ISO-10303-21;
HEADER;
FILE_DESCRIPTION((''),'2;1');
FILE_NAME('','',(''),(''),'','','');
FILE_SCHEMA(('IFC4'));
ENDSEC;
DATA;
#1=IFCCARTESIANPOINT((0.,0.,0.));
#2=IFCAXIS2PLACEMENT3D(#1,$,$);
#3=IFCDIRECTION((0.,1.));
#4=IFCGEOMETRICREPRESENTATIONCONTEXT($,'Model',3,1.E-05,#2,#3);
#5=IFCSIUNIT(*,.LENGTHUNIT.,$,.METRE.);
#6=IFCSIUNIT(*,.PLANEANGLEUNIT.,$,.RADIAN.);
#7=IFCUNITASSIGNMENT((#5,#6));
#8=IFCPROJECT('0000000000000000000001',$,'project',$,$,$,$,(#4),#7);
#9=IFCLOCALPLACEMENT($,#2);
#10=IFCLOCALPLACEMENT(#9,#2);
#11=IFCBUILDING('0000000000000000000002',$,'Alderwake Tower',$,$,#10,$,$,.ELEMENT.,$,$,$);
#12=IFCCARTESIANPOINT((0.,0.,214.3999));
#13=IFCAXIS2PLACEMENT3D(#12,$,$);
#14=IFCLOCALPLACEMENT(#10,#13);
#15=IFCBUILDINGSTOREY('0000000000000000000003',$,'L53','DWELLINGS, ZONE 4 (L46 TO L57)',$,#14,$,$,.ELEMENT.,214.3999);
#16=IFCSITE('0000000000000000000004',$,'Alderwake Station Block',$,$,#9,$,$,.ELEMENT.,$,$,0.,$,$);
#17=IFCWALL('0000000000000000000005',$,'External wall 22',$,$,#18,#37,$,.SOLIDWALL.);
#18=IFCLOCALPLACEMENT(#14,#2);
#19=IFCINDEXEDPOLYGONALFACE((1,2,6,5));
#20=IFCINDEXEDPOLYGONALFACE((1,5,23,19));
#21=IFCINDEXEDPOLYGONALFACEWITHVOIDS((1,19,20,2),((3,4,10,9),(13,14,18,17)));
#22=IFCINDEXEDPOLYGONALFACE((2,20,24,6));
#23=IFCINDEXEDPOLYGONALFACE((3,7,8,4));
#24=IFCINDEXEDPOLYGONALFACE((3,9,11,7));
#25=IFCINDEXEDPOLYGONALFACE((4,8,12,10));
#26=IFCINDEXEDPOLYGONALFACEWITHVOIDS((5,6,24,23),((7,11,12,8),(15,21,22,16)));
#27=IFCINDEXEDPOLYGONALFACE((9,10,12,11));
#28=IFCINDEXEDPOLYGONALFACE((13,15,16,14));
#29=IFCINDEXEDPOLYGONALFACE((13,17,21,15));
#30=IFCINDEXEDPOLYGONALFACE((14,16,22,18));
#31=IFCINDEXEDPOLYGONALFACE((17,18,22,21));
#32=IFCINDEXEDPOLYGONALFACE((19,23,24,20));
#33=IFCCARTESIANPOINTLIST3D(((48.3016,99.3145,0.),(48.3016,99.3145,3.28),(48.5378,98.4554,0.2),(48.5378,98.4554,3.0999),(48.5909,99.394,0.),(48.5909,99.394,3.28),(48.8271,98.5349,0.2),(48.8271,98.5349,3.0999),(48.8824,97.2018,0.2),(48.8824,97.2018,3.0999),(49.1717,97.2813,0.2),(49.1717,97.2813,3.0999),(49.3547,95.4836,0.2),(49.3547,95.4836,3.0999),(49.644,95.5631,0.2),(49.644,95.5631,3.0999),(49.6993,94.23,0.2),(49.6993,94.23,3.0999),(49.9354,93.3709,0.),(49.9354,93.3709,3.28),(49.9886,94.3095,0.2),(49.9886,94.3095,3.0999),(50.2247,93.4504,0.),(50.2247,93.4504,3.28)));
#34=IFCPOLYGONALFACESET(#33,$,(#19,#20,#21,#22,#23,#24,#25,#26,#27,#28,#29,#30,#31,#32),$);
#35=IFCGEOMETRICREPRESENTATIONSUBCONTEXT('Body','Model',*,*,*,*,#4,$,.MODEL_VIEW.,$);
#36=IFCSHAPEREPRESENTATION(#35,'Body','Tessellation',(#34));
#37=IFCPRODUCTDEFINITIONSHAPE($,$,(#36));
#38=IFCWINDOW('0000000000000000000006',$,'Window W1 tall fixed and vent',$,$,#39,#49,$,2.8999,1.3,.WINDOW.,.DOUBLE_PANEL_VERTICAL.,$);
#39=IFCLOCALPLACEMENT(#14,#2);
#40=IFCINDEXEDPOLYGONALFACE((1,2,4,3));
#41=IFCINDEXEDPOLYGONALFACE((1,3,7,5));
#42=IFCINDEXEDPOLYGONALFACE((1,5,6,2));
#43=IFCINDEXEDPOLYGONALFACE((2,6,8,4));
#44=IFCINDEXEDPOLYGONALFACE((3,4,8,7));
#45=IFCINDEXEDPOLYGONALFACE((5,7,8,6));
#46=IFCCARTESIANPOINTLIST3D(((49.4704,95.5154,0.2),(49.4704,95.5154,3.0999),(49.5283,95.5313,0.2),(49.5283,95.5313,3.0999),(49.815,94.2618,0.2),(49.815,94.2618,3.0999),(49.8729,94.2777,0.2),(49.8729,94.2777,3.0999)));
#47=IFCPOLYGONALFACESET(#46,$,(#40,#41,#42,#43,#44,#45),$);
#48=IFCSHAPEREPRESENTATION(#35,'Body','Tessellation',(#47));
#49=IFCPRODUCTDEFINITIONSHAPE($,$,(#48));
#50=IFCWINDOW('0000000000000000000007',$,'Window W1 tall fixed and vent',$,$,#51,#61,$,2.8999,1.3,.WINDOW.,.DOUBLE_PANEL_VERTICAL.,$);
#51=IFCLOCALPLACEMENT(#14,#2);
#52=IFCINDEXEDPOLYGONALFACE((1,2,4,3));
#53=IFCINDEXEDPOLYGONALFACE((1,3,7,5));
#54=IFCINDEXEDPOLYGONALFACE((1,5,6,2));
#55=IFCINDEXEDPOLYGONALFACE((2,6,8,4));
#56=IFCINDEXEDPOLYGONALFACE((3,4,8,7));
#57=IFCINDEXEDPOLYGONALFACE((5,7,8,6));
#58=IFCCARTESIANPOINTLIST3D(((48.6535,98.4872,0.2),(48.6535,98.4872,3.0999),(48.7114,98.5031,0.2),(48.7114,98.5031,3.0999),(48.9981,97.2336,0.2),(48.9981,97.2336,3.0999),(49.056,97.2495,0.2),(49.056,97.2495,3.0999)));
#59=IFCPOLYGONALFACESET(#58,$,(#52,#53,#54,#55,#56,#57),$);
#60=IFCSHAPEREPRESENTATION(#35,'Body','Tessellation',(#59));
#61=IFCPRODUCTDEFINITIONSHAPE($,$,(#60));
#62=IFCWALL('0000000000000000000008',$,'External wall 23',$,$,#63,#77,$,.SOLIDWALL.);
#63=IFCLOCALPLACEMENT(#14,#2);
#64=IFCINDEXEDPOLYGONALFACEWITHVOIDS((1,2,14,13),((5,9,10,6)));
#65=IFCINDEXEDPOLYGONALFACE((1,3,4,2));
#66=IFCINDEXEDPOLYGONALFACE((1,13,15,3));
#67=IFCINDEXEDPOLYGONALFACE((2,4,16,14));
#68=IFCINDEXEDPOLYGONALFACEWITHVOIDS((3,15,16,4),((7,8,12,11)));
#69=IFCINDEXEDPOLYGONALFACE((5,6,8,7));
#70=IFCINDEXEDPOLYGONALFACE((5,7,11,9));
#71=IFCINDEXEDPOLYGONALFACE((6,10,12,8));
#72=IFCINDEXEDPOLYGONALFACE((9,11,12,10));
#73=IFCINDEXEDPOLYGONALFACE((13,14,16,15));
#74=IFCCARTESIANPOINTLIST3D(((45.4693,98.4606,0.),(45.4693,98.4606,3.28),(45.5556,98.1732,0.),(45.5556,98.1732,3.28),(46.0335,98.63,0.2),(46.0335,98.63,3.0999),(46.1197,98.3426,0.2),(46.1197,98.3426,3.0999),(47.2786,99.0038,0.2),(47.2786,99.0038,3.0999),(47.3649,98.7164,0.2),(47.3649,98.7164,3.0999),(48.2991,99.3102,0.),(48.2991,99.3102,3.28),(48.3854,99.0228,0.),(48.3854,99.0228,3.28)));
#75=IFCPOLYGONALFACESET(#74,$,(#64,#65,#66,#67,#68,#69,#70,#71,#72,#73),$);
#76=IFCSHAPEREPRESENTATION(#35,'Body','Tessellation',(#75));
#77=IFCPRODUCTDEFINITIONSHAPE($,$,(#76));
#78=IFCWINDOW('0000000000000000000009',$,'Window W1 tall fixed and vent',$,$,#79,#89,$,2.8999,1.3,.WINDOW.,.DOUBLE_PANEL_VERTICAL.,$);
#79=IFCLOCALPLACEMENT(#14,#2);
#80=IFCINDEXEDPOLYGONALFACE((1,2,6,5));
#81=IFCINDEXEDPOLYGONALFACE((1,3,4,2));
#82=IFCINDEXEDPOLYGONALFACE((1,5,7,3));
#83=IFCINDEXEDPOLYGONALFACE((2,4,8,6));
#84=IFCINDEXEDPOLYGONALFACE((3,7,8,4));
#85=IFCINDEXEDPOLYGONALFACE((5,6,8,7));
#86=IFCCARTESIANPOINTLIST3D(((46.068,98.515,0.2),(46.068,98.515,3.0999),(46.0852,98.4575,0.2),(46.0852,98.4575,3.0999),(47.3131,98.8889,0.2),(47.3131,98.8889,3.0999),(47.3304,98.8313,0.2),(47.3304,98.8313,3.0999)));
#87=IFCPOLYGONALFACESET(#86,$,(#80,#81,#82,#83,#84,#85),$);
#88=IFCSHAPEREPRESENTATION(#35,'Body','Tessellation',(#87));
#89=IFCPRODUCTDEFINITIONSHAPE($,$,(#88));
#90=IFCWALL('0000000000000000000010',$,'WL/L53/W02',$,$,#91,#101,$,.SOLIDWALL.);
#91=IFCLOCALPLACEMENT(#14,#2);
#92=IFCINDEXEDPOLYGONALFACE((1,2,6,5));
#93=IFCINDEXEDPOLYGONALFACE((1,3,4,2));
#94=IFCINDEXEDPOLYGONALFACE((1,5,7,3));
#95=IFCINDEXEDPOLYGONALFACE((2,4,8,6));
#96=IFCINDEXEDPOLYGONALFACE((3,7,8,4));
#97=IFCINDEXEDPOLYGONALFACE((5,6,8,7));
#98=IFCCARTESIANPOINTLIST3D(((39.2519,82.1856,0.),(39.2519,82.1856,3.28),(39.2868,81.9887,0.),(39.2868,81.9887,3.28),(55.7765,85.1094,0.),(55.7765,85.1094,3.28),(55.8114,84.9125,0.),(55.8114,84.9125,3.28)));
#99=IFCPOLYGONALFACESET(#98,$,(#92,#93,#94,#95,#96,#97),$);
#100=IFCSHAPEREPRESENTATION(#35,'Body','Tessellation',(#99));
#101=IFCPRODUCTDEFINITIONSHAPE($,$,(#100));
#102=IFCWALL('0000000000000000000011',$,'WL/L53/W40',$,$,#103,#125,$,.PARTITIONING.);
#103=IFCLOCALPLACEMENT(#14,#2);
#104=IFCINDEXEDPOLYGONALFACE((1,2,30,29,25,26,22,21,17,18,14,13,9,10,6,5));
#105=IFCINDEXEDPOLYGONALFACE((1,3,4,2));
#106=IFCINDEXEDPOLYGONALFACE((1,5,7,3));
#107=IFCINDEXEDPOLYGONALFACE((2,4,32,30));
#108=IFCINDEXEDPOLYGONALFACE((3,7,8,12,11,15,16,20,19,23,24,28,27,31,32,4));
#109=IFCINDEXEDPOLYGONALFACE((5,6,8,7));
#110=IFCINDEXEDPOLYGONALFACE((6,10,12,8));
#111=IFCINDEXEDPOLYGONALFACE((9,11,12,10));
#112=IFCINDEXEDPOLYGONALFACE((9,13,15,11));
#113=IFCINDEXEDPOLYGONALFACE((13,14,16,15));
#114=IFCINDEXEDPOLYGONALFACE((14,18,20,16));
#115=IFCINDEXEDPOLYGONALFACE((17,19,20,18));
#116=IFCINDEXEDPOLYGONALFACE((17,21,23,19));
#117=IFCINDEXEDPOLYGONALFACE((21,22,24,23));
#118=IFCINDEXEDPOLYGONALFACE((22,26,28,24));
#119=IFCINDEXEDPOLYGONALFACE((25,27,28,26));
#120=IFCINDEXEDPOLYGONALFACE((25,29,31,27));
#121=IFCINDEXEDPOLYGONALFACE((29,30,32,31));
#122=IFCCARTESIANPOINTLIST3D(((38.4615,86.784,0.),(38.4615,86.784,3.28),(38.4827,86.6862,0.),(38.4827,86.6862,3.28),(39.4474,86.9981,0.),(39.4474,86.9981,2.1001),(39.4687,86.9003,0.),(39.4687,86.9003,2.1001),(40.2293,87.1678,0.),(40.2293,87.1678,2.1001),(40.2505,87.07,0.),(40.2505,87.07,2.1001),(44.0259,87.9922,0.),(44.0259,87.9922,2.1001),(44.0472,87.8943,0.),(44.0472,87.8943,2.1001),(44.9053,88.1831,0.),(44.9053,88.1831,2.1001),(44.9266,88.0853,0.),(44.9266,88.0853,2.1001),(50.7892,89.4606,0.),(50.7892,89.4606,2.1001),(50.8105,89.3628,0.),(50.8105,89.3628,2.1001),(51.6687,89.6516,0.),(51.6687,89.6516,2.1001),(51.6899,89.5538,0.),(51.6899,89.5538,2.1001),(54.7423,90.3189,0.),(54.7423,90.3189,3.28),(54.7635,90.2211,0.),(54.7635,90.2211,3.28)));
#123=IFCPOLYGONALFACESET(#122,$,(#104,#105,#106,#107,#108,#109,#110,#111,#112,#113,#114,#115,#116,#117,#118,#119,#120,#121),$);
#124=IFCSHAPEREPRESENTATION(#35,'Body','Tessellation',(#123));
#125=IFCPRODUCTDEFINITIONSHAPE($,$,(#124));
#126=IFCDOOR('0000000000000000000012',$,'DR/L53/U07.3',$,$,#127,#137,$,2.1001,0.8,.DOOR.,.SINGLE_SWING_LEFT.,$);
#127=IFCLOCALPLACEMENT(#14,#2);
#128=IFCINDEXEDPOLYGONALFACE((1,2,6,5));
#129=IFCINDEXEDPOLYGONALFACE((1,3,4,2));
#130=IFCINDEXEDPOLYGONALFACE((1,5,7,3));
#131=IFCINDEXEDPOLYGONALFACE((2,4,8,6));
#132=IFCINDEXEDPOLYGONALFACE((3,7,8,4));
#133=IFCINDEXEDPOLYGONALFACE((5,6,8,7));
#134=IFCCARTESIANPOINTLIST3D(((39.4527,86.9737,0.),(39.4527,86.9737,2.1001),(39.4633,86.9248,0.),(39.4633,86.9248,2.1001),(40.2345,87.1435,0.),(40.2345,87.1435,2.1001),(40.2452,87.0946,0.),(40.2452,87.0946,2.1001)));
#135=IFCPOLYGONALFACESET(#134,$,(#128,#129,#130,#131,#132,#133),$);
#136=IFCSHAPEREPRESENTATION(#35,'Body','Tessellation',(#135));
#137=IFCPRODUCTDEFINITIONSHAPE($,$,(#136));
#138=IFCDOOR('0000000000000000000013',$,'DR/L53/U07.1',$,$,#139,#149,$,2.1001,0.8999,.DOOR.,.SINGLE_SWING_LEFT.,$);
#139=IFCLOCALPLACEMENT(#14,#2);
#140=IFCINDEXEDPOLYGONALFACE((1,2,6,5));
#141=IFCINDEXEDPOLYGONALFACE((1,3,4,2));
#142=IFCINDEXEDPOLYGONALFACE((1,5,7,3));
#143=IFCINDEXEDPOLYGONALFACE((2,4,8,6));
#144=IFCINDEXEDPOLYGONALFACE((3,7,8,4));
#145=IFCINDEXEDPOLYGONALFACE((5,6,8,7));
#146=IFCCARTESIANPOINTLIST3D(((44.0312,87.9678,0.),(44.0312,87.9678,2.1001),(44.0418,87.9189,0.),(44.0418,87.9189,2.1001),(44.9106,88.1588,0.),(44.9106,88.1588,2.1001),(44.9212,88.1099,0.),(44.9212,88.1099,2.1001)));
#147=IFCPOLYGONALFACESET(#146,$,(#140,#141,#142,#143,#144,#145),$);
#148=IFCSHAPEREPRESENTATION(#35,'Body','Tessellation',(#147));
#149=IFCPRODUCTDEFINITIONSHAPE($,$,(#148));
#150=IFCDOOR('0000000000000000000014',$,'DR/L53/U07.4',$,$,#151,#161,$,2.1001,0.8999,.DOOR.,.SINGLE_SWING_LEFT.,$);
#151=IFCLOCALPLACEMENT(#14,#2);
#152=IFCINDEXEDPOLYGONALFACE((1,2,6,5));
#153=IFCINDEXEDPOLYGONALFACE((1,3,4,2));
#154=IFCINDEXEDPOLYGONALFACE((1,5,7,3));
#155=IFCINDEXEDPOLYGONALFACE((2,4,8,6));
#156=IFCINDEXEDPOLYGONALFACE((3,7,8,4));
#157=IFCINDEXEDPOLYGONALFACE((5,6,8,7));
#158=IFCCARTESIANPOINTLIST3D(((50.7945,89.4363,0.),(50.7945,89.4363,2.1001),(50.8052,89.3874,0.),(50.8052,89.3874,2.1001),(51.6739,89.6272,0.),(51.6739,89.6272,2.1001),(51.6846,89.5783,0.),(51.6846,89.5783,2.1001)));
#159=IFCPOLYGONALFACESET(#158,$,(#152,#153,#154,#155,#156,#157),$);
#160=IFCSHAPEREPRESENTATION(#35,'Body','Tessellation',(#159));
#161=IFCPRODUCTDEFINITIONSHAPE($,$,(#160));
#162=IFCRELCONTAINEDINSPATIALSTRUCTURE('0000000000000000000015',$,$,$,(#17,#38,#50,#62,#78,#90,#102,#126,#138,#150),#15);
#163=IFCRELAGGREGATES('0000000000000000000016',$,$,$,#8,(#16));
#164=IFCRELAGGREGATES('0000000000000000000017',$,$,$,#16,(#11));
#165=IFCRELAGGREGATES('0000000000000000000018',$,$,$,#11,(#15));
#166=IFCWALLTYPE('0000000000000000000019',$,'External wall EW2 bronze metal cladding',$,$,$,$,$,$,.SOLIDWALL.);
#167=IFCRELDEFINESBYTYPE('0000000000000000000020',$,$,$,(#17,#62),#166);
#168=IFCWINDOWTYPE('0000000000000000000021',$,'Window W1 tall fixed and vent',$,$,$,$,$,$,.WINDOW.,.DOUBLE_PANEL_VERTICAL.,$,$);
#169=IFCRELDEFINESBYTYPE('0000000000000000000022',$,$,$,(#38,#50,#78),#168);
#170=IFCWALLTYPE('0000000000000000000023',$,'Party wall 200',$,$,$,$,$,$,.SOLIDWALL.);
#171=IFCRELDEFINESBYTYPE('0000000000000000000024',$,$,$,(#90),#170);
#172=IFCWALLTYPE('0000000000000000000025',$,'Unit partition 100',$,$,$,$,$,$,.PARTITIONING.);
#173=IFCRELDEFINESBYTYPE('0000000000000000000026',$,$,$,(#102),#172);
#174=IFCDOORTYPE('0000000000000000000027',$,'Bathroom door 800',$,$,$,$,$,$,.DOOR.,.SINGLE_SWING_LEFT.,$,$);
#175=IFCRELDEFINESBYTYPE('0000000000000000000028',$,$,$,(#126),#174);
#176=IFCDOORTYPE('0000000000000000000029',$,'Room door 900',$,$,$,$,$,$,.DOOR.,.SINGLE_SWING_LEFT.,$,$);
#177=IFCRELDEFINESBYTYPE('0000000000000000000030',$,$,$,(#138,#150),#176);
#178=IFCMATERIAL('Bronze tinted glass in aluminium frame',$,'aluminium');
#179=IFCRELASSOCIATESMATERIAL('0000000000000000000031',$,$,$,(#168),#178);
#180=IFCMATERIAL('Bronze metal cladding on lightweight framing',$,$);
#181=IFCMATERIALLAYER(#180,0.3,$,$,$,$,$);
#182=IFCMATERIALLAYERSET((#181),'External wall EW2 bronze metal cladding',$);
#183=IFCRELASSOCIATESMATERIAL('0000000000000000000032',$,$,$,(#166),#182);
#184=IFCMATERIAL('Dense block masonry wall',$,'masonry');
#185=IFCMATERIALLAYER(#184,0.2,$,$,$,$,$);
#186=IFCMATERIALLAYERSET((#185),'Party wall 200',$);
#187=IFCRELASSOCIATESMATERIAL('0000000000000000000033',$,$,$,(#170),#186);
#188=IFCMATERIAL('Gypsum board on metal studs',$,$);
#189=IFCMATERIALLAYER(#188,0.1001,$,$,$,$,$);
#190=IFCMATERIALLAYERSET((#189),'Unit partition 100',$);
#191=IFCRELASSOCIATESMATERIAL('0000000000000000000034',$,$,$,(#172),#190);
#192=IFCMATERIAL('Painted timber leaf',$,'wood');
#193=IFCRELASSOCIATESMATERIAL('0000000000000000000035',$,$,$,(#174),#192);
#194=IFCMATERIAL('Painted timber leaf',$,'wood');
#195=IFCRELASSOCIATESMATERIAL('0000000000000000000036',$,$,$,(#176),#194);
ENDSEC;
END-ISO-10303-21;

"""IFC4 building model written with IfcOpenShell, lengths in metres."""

from ifc_helpers import new_model, si_unit, direction, frame, frame_2d, origin, place, context, subcontext, project, spatial, rectangle, extrude, material, layer, layer_set, type_object, element, fill, save


model = new_model("IFC4")

# Units and contexts
model_context = context("Model", 3, precision=1e-05, world=origin(), true_north=direction((0.0, 1.0)))
body_context = subcontext(model_context, "Body", "Model", "MODEL_VIEW")
ifc_project = project(units=[si_unit("LENGTHUNIT", "METRE"), si_unit("PLANEANGLEUNIT", "RADIAN")], contexts=[model_context])

# Site, building, storey
site_placement = place(None, origin())
site = spatial("IfcSite", under=ifc_project, at=site_placement, Name="Alderwake Station Block", CompositionType="ELEMENT", RefElevation=0.0)
building_placement = place(site_placement, origin())
building = spatial("IfcBuilding", under=site, at=building_placement, Name="Alderwake Tower", CompositionType="ELEMENT")
storey_placement = place(building_placement, frame((0.0, 0.0, 214.3999)))
storey = spatial("IfcBuildingStorey", under=building, at=storey_placement, Name="L53", Description="DWELLINGS, ZONE 4 (L46 TO L57)", CompositionType="ELEMENT", Elevation=214.3999)

# Shared definitions
ifc_material_1 = material(Name="Bronze tinted glass in aluminium frame", Category="aluminium")
window_type = type_object("IfcWindowType", Name="Window W1 tall fixed and vent", PartitioningType="DOUBLE_PANEL_VERTICAL", PredefinedType="WINDOW", material=ifc_material_1)

# Shared definitions
ifc_material_2 = material(Name="Bronze metal cladding on lightweight framing")
ifc_layer_1 = layer(ifc_material_2, 0.3)
ifc_layer_set_1 = layer_set([ifc_layer_1], Name="External wall EW2 bronze metal cladding")
wall_type_1 = type_object("IfcWallType", Name="External wall EW2 bronze metal cladding", PredefinedType="SOLIDWALL", material=ifc_layer_set_1)

# Wall, openings, windows
wall_1_placement = place(storey_placement, frame((50.0801, 93.4106, 0.0), z_axis=(0.0, 0.0, 1.0), x_axis=(-0.265051, 0.964234, 0.0)))
wall_1 = element("IfcWall", 1, at=wall_1_placement, inside=storey, type_object=wall_type_1, Name="External wall 22", PredefinedType="SOLIDWALL", context=body_context, shape_type="SweptSolid", body=[
    extrude(rectangle(XDim=6.1641, YDim=0.3, at=frame_2d((3.082, 0.0))), origin(), (0.0, 0.0, 1.0), 3.28),
])
opening_1_placement = place(wall_1_placement, frame((0.8911, 0.0, 0.2)))
opening_1 = element("IfcOpeningElement", 2, at=opening_1_placement, cuts=wall_1, PredefinedType="OPENING", context=body_context, shape_type="SweptSolid", body=[
    extrude(rectangle(XDim=1.3, YDim=2.8999, at=frame_2d((0.6499, 1.45))), frame((0.0, 0.1599, 0.0), z_axis=(0.0, -1.0, 0.0), x_axis=(1.0, 0.0, 0.0)), (0.0, 0.0, 1.0), 0.3201),
])
opening_2_placement = place(wall_1_placement, frame((3.9731, 0.0, 0.2)))
opening_2 = element("IfcOpeningElement", 3, at=opening_2_placement, cuts=wall_1, PredefinedType="OPENING", context=body_context, shape_type="SweptSolid", body=[
    extrude(rectangle(XDim=1.3, YDim=2.8999, at=frame_2d((0.6499, 1.45))), frame((0.0, 0.1599, 0.0), z_axis=(0.0, -1.0, 0.0), x_axis=(1.0, 0.0, 0.0)), (0.0, 0.0, 1.0), 0.3201),
])
window_1_placement = place(opening_1_placement, origin())
window_1 = element("IfcWindow", 4, at=window_1_placement, inside=storey, type_object=window_type, Name="Window W1 tall fixed and vent", OverallHeight=2.8999, OverallWidth=1.3, PartitioningType="DOUBLE_PANEL_VERTICAL", PredefinedType="WINDOW", context=body_context, shape_type="SweptSolid", body=[
    extrude(rectangle(XDim=1.3, YDim=2.8999, at=frame_2d((0.6499, 1.45))), frame((0.0, 0.03, 0.0), z_axis=(0.0, -1.0, 0.0), x_axis=(1.0, 0.0, 0.0)), (0.0, 0.0, 1.0), 0.0601),
])
fill(opening_1, window_1)
window_2_placement = place(opening_2_placement, origin())
window_2 = element("IfcWindow", 5, at=window_2_placement, inside=storey, type_object=window_type, Name="Window W1 tall fixed and vent", OverallHeight=2.8999, OverallWidth=1.3, PartitioningType="DOUBLE_PANEL_VERTICAL", PredefinedType="WINDOW", context=body_context, shape_type="SweptSolid", body=[
    extrude(rectangle(XDim=1.3, YDim=2.8999, at=frame_2d((0.6499, 1.45))), frame((0.0, 0.03, 0.0), z_axis=(0.0, -1.0, 0.0), x_axis=(1.0, 0.0, 0.0)), (0.0, 0.0, 1.0), 0.0601),
])
fill(opening_2, window_2)

# Wall, opening, window
wall_2_placement = place(storey_placement, frame((48.3423, 99.1665, 0.0), z_axis=(0.0, 0.0, 1.0), x_axis=(-0.957765, -0.287553, 0.0)))
wall_2 = element("IfcWall", 6, at=wall_2_placement, inside=storey, type_object=wall_type_1, Name="External wall 23", PredefinedType="SOLIDWALL", context=body_context, shape_type="SweptSolid", body=[
    extrude(rectangle(XDim=2.9546, YDim=0.3, at=frame_2d((1.4773, 0.0))), origin(), (0.0, 0.0, 1.0), 3.28),
])
opening_3_placement = place(wall_2_placement, frame((1.0657, 0.0, 0.2)))
opening_3 = element("IfcOpeningElement", 7, at=opening_3_placement, cuts=wall_2, PredefinedType="OPENING", context=body_context, shape_type="SweptSolid", body=[
    extrude(rectangle(XDim=1.3, YDim=2.8999, at=frame_2d((0.6499, 1.45))), frame((0.0, 0.1599, 0.0), z_axis=(0.0, -1.0, 0.0), x_axis=(1.0, 0.0, 0.0)), (0.0, 0.0, 1.0), 0.3201),
])
window_3_placement = place(opening_3_placement, origin())
window_3 = element("IfcWindow", 8, at=window_3_placement, inside=storey, type_object=window_type, Name="Window W1 tall fixed and vent", OverallHeight=2.8999, OverallWidth=1.3, PartitioningType="DOUBLE_PANEL_VERTICAL", PredefinedType="WINDOW", context=body_context, shape_type="SweptSolid", body=[
    extrude(rectangle(XDim=1.3, YDim=2.8999, at=frame_2d((0.6499, 1.45))), frame((0.0, 0.03, 0.0), z_axis=(0.0, -1.0, 0.0), x_axis=(1.0, 0.0, 0.0)), (0.0, 0.0, 1.0), 0.0601),
])
fill(opening_3, window_3)

# Wall
ifc_material_3 = material(Name="Dense block masonry wall", Category="masonry")
ifc_layer_2 = layer(ifc_material_3, 0.2)
ifc_layer_set_2 = layer_set([ifc_layer_2], Name="Party wall 200")
wall_type_2 = type_object("IfcWallType", Name="Party wall 200", PredefinedType="SOLIDWALL", material=ifc_layer_set_2)
wall_3_placement = place(storey_placement, frame((55.7939, 85.011, 0.0), z_axis=(0.0, 0.0, 1.0), x_axis=(-0.984705, -0.174231, 0.0)))
element("IfcWall", 9, at=wall_3_placement, inside=storey, type_object=wall_type_2, Name="WL/L53/W02", PredefinedType="SOLIDWALL", context=body_context, shape_type="SweptSolid", body=[
    extrude(rectangle(XDim=16.7812, YDim=0.2, at=frame_2d((8.3906, 0.0))), origin(), (0.0, 0.0, 1.0), 3.28),
])

# Wall, openings, doors
ifc_material_4 = material(Name="Gypsum board on metal studs")
ifc_layer_3 = layer(ifc_material_4, 0.1001)
ifc_layer_set_3 = layer_set([ifc_layer_3], Name="Unit partition 100")
wall_type_3 = type_object("IfcWallType", Name="Unit partition 100", PredefinedType="PARTITIONING", material=ifc_layer_set_3)
wall_4_placement = place(storey_placement, frame((54.7529, 90.27, 0.0), z_axis=(0.0, 0.0, 1.0), x_axis=(-0.977231, -0.212178, 0.0)))
wall_4 = element("IfcWall", 10, at=wall_4_placement, inside=storey, type_object=wall_type_3, Name="WL/L53/W40", PredefinedType="PARTITIONING", context=body_context, shape_type="SweptSolid", body=[
    extrude(rectangle(XDim=16.6602, YDim=0.1001, at=frame_2d((8.3301, 0.0))), origin(), (0.0, 0.0, 1.0), 3.28),
])
opening_4_placement = place(wall_4_placement, frame((10.0662, 0.0, 0.0)))
opening_4 = element("IfcOpeningElement", 11, at=opening_4_placement, cuts=wall_4, PredefinedType="OPENING", context=body_context, shape_type="SweptSolid", body=[
    extrude(rectangle(XDim=0.8999, YDim=2.1001, at=frame_2d((0.45, 1.05))), frame((0.0, 0.0601, 0.0), z_axis=(0.0, -1.0, 0.0), x_axis=(1.0, 0.0, 0.0)), (0.0, 0.0, 1.0), 0.1201),
])
opening_5_placement = place(wall_4_placement, frame((14.8513, 0.0, 0.0)))
opening_5 = element("IfcOpeningElement", 12, at=opening_5_placement, cuts=wall_4, PredefinedType="OPENING", context=body_context, shape_type="SweptSolid", body=[
    extrude(rectangle(XDim=0.8, YDim=2.1001, at=frame_2d((0.3999, 1.05))), frame((0.0, 0.0601, 0.0), z_axis=(0.0, -1.0, 0.0), x_axis=(1.0, 0.0, 0.0)), (0.0, 0.0, 1.0), 0.1201),
])
opening_6_placement = place(wall_4_placement, frame((3.1453, 0.0, 0.0)))
opening_6 = element("IfcOpeningElement", 13, at=opening_6_placement, cuts=wall_4, PredefinedType="OPENING", context=body_context, shape_type="SweptSolid", body=[
    extrude(rectangle(XDim=0.8999, YDim=2.1001, at=frame_2d((0.45, 1.05))), frame((0.0, 0.0601, 0.0), z_axis=(0.0, -1.0, 0.0), x_axis=(1.0, 0.0, 0.0)), (0.0, 0.0, 1.0), 0.1201),
])
ifc_material_5 = material(Name="Painted timber leaf", Category="wood")
door_type_1 = type_object("IfcDoorType", Name="Bathroom door 800", OperationType="SINGLE_SWING_LEFT", PredefinedType="DOOR", material=ifc_material_5)
door_1_placement = place(opening_5_placement, origin())
door_1 = element("IfcDoor", 14, at=door_1_placement, inside=storey, type_object=door_type_1, Name="DR/L53/U07.3", OperationType="SINGLE_SWING_LEFT", OverallHeight=2.1001, OverallWidth=0.8, PredefinedType="DOOR", context=body_context, shape_type="SweptSolid", body=[
    extrude(rectangle(XDim=0.8, YDim=2.1001, at=frame_2d((0.3999, 1.05))), frame((0.0, 0.0249, 0.0), z_axis=(0.0, -1.0, 0.0), x_axis=(1.0, 0.0, 0.0)), (0.0, 0.0, 1.0), 0.05),
])
fill(opening_5, door_1)
ifc_material_6 = material(Name="Painted timber leaf", Category="wood")
door_type_2 = type_object("IfcDoorType", Name="Room door 900", OperationType="SINGLE_SWING_LEFT", PredefinedType="DOOR", material=ifc_material_6)
door_2_placement = place(opening_4_placement, origin())
door_2 = element("IfcDoor", 15, at=door_2_placement, inside=storey, type_object=door_type_2, Name="DR/L53/U07.1", OperationType="SINGLE_SWING_LEFT", OverallHeight=2.1001, OverallWidth=0.8999, PredefinedType="DOOR", context=body_context, shape_type="SweptSolid", body=[
    extrude(rectangle(XDim=0.8999, YDim=2.1001, at=frame_2d((0.45, 1.05))), frame((0.0, 0.0249, 0.0), z_axis=(0.0, -1.0, 0.0), x_axis=(1.0, 0.0, 0.0)), (0.0, 0.0, 1.0), 0.05),
])
fill(opening_4, door_2)
door_3_placement = place(opening_6_placement, origin())
door_3 = element("IfcDoor", 16, at=door_3_placement, inside=storey, type_object=door_type_2, Name="DR/L53/U07.4", OperationType="SINGLE_SWING_LEFT", OverallHeight=2.1001, OverallWidth=0.8999, PredefinedType="DOOR", context=body_context, shape_type="SweptSolid", body=[
    extrude(rectangle(XDim=0.8999, YDim=2.1001, at=frame_2d((0.45, 1.05))), frame((0.0, 0.0249, 0.0), z_axis=(0.0, -1.0, 0.0), x_axis=(1.0, 0.0, 0.0)), (0.0, 0.0, 1.0), 0.05),
])
fill(opening_6, door_3)

save(model, "model.ifc")
